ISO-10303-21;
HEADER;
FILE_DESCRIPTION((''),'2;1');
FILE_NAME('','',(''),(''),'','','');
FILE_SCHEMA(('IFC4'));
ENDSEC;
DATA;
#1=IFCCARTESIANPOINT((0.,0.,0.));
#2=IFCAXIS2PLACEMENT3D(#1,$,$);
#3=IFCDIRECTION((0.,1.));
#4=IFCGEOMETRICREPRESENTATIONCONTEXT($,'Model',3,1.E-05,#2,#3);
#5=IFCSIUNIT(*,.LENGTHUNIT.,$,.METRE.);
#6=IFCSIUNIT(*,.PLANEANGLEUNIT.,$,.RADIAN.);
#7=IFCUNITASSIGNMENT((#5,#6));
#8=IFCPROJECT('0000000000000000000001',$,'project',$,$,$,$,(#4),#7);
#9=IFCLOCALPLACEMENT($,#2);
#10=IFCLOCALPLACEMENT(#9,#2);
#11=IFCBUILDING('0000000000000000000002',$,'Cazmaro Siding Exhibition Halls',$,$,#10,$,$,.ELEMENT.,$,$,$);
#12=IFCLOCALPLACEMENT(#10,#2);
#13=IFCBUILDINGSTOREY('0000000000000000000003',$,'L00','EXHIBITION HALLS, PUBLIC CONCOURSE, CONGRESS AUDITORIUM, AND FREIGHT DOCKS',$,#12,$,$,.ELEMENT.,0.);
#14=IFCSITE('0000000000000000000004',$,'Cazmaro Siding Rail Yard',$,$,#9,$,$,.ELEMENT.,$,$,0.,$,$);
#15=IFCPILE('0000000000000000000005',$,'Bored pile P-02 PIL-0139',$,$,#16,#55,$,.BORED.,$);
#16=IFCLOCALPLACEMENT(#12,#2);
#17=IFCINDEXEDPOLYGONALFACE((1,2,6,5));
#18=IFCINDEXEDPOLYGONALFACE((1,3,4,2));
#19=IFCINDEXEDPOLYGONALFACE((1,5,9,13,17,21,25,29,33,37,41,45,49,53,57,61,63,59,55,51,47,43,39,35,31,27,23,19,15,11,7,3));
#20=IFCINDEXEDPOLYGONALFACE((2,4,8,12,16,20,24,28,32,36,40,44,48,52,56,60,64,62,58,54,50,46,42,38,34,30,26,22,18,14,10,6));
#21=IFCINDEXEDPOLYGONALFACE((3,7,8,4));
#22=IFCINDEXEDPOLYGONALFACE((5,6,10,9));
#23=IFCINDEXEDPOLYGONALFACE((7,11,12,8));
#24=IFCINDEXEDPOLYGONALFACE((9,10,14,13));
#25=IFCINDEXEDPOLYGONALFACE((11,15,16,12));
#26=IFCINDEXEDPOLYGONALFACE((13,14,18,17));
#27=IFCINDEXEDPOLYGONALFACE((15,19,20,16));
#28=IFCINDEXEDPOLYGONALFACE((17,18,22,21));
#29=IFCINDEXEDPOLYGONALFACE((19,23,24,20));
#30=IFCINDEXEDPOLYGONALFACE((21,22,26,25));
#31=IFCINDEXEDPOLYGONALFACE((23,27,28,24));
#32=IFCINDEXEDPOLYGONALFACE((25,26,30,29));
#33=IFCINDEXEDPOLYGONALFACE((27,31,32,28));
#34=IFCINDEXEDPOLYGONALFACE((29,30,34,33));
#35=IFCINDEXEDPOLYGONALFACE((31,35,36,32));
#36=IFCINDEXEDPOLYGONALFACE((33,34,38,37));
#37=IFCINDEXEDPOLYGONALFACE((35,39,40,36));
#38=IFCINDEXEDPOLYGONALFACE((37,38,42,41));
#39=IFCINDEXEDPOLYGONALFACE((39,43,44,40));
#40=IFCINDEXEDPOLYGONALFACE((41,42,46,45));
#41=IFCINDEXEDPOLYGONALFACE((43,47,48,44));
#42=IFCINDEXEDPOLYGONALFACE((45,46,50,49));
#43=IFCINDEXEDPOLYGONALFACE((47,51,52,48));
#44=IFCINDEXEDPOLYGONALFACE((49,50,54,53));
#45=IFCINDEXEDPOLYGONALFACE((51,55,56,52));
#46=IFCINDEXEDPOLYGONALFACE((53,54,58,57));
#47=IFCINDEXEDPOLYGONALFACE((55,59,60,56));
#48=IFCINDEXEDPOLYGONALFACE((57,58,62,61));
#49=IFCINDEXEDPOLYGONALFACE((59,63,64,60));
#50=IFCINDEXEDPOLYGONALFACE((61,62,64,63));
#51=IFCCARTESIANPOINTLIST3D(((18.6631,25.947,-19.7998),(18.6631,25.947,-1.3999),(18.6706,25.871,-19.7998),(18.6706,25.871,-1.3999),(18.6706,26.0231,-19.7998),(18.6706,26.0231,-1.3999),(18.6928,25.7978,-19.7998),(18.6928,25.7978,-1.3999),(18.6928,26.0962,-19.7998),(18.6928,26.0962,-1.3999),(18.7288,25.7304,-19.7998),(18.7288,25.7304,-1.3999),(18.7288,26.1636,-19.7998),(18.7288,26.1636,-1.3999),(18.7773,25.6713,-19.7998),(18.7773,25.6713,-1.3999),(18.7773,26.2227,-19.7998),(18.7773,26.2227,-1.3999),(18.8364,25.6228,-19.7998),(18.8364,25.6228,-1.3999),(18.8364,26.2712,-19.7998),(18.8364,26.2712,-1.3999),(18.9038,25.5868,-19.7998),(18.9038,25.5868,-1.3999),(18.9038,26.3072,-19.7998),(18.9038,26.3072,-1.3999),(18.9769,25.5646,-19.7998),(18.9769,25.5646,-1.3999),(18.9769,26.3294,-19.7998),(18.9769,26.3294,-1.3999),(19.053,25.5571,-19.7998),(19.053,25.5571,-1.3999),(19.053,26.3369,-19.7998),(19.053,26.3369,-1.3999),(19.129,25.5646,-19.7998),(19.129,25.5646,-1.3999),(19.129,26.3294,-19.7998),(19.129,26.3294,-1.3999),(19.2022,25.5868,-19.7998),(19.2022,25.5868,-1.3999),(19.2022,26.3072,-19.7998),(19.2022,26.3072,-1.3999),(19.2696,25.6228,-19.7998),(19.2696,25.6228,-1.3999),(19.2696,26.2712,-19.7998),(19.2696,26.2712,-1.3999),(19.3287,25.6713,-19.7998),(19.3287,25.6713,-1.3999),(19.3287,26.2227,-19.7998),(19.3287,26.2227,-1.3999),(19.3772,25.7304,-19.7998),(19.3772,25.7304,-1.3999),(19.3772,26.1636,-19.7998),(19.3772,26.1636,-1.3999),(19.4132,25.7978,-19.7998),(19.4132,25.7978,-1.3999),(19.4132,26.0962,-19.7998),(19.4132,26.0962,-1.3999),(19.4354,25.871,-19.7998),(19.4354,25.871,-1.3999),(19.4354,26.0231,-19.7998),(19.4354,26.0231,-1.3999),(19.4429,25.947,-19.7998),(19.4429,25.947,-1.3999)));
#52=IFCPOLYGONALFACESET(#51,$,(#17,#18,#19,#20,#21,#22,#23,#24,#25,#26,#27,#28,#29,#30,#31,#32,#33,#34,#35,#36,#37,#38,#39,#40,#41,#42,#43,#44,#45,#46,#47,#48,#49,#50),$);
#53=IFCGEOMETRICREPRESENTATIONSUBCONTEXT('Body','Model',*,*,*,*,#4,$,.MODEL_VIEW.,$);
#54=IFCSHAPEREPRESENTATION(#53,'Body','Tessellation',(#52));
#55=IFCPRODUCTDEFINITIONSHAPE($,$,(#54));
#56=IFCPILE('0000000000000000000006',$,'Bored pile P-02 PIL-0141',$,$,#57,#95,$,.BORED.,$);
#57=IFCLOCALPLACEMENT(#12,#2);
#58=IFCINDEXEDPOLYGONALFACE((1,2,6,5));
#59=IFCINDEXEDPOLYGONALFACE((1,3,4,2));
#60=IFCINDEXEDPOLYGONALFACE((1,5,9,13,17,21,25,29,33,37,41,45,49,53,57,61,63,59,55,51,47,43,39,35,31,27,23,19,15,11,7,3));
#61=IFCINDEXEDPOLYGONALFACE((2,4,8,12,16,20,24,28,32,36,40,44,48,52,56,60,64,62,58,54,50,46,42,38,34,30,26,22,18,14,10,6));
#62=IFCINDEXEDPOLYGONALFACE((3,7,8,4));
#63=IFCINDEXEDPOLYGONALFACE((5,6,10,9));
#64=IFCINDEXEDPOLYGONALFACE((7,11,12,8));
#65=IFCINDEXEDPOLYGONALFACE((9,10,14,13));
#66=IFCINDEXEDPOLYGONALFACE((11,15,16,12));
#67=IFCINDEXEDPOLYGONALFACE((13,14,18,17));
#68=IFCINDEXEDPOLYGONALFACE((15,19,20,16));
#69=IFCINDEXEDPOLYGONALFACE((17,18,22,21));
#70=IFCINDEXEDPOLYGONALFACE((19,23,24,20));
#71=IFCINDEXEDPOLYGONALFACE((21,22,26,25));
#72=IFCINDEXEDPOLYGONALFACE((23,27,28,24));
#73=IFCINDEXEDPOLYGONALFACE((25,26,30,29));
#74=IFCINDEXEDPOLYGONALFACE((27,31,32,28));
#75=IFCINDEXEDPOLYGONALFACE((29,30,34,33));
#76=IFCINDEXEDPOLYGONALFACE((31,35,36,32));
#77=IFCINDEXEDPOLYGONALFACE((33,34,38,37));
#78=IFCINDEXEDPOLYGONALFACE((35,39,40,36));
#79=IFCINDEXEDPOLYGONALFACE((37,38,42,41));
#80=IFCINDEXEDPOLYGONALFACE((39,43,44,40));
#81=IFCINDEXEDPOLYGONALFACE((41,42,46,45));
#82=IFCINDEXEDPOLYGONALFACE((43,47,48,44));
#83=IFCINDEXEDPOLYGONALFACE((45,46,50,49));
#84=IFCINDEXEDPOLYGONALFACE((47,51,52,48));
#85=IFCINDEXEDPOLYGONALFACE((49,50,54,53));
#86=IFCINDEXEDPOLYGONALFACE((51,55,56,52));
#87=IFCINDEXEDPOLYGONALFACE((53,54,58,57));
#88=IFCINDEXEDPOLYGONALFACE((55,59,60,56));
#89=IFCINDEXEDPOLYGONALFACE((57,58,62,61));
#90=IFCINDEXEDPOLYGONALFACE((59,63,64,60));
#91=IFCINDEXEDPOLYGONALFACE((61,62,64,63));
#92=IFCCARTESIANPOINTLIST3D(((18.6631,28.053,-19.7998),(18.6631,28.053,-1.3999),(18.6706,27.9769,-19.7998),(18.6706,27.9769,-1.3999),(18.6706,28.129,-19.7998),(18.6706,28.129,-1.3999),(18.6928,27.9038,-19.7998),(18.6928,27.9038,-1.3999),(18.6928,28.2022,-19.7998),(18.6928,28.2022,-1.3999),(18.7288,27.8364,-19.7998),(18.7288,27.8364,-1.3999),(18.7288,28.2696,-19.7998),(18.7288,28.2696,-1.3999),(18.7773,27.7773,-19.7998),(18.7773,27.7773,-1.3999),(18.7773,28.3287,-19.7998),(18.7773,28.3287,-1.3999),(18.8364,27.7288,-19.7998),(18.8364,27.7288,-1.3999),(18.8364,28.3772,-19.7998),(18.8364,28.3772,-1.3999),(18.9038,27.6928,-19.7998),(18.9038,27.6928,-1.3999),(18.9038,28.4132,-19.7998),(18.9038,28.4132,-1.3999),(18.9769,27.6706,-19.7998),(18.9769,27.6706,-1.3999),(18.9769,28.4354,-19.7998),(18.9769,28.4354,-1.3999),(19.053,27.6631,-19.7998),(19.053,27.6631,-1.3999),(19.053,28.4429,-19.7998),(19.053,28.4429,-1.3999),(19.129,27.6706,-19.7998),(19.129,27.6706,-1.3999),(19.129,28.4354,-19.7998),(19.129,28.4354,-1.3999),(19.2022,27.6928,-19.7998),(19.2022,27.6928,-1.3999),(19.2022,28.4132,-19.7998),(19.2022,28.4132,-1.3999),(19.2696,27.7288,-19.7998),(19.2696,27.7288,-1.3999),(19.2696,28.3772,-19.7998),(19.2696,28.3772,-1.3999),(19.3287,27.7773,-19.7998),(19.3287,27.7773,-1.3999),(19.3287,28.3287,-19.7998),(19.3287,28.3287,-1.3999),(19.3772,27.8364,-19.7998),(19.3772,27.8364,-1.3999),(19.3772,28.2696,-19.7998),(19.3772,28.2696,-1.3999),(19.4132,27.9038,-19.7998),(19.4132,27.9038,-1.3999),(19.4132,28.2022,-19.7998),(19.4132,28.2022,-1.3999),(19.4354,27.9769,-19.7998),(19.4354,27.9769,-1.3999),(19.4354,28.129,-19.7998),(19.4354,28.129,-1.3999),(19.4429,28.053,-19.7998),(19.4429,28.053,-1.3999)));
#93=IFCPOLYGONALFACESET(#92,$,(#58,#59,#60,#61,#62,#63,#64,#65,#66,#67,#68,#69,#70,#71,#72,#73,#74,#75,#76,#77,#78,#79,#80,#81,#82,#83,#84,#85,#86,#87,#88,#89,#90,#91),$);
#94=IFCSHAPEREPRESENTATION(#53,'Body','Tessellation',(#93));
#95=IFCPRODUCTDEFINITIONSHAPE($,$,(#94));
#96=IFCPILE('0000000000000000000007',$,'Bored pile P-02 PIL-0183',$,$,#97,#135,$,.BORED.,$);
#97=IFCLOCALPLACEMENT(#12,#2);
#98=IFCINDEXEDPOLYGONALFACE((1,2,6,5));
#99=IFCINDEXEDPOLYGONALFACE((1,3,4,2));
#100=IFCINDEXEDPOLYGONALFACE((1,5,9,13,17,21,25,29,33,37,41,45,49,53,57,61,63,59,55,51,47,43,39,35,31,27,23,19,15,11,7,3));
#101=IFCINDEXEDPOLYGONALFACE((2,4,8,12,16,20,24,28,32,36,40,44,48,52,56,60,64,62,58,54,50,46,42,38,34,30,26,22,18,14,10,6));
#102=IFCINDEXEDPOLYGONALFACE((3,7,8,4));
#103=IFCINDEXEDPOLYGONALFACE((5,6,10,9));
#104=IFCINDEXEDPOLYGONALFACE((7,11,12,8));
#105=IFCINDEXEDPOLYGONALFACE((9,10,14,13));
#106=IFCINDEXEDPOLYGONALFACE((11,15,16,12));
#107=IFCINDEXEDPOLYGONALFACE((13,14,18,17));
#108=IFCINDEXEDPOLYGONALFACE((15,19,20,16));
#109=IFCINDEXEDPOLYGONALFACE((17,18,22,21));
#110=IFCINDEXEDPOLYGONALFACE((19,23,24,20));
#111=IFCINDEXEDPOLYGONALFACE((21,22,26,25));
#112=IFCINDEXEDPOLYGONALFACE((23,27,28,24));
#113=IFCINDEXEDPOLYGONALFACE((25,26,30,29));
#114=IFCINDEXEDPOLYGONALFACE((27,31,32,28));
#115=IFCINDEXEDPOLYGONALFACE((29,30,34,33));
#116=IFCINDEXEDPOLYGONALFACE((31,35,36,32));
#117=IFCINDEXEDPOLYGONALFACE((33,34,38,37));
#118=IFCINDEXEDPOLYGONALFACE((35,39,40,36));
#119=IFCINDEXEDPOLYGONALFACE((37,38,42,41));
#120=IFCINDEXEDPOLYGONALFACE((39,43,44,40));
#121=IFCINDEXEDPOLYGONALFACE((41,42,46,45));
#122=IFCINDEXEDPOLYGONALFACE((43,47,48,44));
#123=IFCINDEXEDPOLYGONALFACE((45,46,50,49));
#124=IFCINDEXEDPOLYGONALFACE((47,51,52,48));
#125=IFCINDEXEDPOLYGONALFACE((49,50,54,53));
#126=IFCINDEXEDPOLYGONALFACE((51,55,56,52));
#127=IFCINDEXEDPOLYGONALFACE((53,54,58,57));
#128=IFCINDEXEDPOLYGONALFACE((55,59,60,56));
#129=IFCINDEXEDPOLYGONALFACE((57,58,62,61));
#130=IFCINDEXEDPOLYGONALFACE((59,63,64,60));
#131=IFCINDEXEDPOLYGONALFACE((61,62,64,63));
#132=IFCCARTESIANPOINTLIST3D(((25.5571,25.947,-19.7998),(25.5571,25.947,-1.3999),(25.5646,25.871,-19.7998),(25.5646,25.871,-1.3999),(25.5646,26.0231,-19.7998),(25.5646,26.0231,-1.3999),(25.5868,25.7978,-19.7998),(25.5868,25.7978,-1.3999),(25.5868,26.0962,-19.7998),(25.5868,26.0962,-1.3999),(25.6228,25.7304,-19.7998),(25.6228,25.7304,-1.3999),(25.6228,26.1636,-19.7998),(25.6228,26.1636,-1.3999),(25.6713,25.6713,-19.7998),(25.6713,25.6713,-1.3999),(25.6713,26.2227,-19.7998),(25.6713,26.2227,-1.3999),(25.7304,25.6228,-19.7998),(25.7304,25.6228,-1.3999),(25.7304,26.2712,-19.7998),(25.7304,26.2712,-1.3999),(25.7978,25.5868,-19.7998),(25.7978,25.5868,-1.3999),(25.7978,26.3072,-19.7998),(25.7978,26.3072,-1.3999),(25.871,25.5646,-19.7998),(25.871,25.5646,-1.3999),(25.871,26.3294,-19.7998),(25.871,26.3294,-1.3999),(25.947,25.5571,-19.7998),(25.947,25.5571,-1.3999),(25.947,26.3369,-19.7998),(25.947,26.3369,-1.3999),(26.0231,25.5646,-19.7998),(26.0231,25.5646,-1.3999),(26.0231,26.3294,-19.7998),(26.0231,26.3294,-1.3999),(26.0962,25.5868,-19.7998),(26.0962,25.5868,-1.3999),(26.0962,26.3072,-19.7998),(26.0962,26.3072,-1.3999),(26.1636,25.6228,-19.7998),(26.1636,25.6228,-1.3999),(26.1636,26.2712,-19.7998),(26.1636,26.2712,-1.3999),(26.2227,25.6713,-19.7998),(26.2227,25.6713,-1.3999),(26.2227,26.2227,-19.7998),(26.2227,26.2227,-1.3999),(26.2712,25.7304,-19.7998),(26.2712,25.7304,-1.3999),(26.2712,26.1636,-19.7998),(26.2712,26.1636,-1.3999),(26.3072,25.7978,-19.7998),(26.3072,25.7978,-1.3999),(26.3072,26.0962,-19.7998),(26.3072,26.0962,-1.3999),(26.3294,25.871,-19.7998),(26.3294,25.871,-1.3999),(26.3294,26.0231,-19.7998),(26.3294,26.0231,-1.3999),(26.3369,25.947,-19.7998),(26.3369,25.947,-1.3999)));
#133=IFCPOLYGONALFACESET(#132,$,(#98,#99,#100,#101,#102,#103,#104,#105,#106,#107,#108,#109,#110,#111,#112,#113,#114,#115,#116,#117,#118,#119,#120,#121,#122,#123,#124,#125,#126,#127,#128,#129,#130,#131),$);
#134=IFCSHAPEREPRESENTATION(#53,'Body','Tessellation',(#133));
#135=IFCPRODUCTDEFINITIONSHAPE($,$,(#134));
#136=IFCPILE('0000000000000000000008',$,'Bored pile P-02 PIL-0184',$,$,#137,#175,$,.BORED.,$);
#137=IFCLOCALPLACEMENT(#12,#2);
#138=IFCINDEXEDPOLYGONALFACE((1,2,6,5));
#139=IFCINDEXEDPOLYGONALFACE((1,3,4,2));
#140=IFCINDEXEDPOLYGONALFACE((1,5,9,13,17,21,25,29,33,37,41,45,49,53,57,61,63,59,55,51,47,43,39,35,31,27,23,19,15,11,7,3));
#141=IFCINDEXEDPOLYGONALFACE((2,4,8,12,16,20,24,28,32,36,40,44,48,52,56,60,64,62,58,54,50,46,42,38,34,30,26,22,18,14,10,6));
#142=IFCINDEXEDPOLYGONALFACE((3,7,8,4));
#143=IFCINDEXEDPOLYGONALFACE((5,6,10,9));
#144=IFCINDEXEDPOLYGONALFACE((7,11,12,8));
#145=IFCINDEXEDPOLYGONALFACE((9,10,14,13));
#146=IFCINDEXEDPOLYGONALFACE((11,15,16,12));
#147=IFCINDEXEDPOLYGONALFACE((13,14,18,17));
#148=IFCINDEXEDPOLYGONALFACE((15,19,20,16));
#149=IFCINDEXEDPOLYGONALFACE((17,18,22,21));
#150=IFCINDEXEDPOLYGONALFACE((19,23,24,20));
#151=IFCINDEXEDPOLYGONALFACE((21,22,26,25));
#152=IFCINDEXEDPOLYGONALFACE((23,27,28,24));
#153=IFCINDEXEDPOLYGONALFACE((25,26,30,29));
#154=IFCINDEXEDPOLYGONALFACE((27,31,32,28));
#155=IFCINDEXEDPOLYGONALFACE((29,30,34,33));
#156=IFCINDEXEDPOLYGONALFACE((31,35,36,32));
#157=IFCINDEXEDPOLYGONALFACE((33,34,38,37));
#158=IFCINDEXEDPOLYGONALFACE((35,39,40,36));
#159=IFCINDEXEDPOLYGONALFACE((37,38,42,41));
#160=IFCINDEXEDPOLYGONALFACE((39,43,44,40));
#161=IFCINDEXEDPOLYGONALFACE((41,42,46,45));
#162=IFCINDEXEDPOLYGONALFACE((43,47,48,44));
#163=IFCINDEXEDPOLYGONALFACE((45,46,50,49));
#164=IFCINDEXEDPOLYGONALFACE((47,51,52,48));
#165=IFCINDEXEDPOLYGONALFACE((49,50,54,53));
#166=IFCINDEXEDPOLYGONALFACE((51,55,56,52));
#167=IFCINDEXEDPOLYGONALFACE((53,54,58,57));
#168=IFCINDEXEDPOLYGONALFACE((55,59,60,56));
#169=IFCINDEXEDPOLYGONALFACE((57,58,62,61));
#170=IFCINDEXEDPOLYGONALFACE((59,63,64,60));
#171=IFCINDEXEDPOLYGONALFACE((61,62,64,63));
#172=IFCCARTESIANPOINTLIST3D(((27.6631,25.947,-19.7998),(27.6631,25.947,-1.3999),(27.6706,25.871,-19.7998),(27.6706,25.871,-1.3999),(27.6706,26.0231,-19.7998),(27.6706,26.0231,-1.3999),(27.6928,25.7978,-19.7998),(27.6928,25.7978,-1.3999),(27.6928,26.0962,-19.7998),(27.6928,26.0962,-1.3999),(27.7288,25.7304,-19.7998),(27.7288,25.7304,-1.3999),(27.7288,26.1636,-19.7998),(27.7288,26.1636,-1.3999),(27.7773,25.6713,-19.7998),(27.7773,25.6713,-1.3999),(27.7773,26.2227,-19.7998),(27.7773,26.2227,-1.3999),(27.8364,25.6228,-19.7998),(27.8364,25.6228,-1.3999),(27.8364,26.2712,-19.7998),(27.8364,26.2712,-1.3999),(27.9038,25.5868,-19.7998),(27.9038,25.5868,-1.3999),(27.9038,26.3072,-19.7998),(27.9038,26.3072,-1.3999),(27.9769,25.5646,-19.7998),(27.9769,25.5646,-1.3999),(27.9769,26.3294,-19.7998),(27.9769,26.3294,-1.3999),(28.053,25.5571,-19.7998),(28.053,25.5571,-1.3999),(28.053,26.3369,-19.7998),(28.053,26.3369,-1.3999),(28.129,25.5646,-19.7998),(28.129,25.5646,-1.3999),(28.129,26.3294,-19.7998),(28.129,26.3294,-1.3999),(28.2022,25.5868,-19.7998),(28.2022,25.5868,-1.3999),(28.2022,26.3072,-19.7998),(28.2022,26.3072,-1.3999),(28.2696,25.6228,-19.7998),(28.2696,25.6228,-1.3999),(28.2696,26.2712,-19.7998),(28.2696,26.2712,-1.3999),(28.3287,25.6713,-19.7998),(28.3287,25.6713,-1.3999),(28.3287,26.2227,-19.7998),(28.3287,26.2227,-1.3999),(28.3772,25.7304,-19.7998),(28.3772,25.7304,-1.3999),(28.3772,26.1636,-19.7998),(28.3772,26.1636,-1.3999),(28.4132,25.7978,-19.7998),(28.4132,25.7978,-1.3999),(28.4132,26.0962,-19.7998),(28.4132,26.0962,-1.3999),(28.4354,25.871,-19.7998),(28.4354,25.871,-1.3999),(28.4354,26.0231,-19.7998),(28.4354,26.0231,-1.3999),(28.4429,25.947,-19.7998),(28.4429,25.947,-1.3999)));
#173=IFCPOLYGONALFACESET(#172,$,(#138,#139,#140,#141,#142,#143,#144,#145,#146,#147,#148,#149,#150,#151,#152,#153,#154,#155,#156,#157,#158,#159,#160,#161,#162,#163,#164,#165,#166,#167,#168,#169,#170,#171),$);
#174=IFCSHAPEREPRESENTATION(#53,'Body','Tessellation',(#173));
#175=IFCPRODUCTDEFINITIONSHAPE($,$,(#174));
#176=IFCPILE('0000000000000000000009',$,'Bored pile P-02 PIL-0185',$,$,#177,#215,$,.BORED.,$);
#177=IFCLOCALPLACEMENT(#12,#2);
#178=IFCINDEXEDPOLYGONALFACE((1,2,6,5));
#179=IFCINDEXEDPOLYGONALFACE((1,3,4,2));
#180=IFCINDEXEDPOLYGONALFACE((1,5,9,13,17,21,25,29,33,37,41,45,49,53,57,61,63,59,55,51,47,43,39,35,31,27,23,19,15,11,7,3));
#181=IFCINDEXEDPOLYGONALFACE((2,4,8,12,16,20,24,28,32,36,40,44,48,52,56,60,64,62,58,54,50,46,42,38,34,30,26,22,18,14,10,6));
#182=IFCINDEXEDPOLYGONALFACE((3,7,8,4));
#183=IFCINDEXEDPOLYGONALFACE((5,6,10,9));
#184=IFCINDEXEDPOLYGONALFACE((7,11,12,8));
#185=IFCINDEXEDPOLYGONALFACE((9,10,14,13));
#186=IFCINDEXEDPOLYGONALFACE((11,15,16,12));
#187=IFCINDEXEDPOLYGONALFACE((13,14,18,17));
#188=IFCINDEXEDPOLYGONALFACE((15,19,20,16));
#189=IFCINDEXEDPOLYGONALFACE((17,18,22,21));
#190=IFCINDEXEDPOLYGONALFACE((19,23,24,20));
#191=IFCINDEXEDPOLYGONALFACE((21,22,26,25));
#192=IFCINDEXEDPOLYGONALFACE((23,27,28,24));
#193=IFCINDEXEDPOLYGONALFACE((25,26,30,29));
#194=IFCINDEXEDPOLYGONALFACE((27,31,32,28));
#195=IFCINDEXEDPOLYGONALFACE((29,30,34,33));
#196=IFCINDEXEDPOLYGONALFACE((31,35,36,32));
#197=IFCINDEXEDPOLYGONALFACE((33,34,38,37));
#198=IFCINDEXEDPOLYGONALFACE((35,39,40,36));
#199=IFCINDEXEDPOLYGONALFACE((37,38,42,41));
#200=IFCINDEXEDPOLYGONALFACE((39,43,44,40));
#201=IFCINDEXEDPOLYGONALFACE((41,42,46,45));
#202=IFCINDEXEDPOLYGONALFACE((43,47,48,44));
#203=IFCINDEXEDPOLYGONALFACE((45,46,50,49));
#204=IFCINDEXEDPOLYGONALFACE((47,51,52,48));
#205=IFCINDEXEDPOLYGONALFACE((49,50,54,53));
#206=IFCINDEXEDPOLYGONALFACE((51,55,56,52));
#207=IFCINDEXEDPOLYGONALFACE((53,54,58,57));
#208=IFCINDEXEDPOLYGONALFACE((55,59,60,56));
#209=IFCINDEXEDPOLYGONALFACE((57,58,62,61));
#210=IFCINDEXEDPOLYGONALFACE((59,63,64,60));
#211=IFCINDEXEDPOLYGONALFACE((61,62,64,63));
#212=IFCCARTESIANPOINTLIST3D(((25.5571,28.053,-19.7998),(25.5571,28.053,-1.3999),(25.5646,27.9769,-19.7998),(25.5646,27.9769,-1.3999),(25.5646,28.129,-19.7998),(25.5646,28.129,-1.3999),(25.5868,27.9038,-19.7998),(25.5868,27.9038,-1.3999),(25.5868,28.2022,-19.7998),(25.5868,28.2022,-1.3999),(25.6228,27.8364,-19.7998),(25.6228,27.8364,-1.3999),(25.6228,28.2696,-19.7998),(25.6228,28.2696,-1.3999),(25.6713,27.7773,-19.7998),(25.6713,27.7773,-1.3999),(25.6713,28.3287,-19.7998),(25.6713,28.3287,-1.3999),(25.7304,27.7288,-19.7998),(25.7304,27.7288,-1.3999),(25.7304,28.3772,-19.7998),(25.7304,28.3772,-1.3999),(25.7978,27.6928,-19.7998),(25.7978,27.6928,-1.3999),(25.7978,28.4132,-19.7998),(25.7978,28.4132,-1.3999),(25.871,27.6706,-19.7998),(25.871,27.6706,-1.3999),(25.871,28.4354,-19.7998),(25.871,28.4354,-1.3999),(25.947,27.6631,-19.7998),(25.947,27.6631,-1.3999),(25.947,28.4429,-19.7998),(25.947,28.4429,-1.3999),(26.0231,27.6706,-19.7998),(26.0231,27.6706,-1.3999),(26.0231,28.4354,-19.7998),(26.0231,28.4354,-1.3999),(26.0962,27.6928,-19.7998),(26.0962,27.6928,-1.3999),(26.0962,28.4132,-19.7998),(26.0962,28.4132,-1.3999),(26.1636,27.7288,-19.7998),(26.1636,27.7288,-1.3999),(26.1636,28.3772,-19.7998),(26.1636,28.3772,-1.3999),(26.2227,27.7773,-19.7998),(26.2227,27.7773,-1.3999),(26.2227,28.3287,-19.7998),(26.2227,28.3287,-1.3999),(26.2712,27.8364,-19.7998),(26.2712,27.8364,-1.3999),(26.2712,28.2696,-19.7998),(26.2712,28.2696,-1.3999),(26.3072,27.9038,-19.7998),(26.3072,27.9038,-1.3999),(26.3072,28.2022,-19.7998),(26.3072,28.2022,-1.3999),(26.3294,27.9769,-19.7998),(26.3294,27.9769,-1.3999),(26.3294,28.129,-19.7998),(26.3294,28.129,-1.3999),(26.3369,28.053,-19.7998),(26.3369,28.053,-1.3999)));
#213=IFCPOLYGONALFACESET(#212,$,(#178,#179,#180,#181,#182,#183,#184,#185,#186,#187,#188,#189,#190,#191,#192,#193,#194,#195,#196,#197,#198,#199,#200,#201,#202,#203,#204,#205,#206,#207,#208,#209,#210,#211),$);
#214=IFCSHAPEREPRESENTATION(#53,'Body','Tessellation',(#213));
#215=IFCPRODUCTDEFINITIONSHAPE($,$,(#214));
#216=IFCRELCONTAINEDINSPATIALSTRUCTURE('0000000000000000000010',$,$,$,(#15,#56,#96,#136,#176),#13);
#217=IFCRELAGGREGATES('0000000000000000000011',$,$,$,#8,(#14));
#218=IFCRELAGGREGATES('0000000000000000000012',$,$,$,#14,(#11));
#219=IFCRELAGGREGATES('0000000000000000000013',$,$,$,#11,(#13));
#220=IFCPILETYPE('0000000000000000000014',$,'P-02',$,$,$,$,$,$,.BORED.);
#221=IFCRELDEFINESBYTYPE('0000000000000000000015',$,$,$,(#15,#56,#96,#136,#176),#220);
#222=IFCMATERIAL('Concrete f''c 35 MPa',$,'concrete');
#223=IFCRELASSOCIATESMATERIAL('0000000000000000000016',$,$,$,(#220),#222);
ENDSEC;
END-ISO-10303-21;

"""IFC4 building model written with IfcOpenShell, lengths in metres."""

from ifc_helpers import new_model, si_unit, direction, frame, origin, origin_2d, place, context, subcontext, project, spatial, circle, extrude, material, material_profile, profile_set, type_object, element, save


model = new_model("IFC4")

# Units and contexts
model_context = context("Model", 3, precision=1e-05, world=origin(), true_north=direction((0.0, 1.0)))
body_context = subcontext(model_context, "Body", "Model", "MODEL_VIEW")
ifc_project = project(units=[si_unit("LENGTHUNIT", "METRE"), si_unit("PLANEANGLEUNIT", "RADIAN")], contexts=[model_context])

# Site, building, storey
site_placement = place(None, origin())
site = spatial("IfcSite", under=ifc_project, at=site_placement, Name="Cazmaro Siding Rail Yard", CompositionType="ELEMENT", RefElevation=0.0)
building_placement = place(site_placement, origin())
building = spatial("IfcBuilding", under=site, at=building_placement, Name="Cazmaro Siding Exhibition Halls", CompositionType="ELEMENT")
storey_placement = place(building_placement, origin())
storey = spatial("IfcBuildingStorey", under=building, at=storey_placement, Name="L00", Description="EXHIBITION HALLS, PUBLIC CONCOURSE, CONGRESS AUDITORIUM, AND FREIGHT DOCKS", CompositionType="ELEMENT", Elevation=0.0)

# Piles
ifc_material_1 = material(Name="Concrete f'c 35 MPa", Category="concrete")
ifc_material_profile_1 = material_profile(ifc_material_1, circle(Radius=0.3899, at=origin_2d()), Name="CIDH-780")
ifc_profile_set_1 = profile_set([ifc_material_profile_1], Name="Concrete f'c 35 MPa")
pile_type = type_object("IfcPileType", Name="P-02", PredefinedType="BORED", material=ifc_profile_set_1)
for number, where, z_axis, x_axis, name in (
    (1, (19.053, 25.947, -1.3999), (0.0, 0.0, -1.0), (1.0, 0.0, 0.0), "Bored pile P-02 PIL-0139"),
    (2, (19.053, 28.053, -1.3999), (0.0, 0.0, -1.0), (1.0, 0.0, 0.0), "Bored pile P-02 PIL-0141"),
    (3, (25.947, 25.947, -1.3999), (0.0, 0.0, -1.0), (1.0, 0.0, 0.0), "Bored pile P-02 PIL-0183"),
    (4, (28.053, 25.947, -1.3999), (0.0, 0.0, -1.0), (1.0, 0.0, 0.0), "Bored pile P-02 PIL-0184"),
    (5, (25.947, 28.053, -1.3999), (0.0, 0.0, -1.0), (1.0, 0.0, 0.0), "Bored pile P-02 PIL-0185"),
):
    element("IfcPile", number, at=place(storey_placement, frame(where, z_axis=z_axis, x_axis=x_axis)), inside=storey, type_object=pile_type, Name=name, PredefinedType="BORED", context=body_context, shape_type="SweptSolid", body=[
        extrude(circle(Radius=0.3899, at=origin_2d()), origin(), (0.0, 0.0, 1.0), 18.3999),
    ])

save(model, "model.ifc")
